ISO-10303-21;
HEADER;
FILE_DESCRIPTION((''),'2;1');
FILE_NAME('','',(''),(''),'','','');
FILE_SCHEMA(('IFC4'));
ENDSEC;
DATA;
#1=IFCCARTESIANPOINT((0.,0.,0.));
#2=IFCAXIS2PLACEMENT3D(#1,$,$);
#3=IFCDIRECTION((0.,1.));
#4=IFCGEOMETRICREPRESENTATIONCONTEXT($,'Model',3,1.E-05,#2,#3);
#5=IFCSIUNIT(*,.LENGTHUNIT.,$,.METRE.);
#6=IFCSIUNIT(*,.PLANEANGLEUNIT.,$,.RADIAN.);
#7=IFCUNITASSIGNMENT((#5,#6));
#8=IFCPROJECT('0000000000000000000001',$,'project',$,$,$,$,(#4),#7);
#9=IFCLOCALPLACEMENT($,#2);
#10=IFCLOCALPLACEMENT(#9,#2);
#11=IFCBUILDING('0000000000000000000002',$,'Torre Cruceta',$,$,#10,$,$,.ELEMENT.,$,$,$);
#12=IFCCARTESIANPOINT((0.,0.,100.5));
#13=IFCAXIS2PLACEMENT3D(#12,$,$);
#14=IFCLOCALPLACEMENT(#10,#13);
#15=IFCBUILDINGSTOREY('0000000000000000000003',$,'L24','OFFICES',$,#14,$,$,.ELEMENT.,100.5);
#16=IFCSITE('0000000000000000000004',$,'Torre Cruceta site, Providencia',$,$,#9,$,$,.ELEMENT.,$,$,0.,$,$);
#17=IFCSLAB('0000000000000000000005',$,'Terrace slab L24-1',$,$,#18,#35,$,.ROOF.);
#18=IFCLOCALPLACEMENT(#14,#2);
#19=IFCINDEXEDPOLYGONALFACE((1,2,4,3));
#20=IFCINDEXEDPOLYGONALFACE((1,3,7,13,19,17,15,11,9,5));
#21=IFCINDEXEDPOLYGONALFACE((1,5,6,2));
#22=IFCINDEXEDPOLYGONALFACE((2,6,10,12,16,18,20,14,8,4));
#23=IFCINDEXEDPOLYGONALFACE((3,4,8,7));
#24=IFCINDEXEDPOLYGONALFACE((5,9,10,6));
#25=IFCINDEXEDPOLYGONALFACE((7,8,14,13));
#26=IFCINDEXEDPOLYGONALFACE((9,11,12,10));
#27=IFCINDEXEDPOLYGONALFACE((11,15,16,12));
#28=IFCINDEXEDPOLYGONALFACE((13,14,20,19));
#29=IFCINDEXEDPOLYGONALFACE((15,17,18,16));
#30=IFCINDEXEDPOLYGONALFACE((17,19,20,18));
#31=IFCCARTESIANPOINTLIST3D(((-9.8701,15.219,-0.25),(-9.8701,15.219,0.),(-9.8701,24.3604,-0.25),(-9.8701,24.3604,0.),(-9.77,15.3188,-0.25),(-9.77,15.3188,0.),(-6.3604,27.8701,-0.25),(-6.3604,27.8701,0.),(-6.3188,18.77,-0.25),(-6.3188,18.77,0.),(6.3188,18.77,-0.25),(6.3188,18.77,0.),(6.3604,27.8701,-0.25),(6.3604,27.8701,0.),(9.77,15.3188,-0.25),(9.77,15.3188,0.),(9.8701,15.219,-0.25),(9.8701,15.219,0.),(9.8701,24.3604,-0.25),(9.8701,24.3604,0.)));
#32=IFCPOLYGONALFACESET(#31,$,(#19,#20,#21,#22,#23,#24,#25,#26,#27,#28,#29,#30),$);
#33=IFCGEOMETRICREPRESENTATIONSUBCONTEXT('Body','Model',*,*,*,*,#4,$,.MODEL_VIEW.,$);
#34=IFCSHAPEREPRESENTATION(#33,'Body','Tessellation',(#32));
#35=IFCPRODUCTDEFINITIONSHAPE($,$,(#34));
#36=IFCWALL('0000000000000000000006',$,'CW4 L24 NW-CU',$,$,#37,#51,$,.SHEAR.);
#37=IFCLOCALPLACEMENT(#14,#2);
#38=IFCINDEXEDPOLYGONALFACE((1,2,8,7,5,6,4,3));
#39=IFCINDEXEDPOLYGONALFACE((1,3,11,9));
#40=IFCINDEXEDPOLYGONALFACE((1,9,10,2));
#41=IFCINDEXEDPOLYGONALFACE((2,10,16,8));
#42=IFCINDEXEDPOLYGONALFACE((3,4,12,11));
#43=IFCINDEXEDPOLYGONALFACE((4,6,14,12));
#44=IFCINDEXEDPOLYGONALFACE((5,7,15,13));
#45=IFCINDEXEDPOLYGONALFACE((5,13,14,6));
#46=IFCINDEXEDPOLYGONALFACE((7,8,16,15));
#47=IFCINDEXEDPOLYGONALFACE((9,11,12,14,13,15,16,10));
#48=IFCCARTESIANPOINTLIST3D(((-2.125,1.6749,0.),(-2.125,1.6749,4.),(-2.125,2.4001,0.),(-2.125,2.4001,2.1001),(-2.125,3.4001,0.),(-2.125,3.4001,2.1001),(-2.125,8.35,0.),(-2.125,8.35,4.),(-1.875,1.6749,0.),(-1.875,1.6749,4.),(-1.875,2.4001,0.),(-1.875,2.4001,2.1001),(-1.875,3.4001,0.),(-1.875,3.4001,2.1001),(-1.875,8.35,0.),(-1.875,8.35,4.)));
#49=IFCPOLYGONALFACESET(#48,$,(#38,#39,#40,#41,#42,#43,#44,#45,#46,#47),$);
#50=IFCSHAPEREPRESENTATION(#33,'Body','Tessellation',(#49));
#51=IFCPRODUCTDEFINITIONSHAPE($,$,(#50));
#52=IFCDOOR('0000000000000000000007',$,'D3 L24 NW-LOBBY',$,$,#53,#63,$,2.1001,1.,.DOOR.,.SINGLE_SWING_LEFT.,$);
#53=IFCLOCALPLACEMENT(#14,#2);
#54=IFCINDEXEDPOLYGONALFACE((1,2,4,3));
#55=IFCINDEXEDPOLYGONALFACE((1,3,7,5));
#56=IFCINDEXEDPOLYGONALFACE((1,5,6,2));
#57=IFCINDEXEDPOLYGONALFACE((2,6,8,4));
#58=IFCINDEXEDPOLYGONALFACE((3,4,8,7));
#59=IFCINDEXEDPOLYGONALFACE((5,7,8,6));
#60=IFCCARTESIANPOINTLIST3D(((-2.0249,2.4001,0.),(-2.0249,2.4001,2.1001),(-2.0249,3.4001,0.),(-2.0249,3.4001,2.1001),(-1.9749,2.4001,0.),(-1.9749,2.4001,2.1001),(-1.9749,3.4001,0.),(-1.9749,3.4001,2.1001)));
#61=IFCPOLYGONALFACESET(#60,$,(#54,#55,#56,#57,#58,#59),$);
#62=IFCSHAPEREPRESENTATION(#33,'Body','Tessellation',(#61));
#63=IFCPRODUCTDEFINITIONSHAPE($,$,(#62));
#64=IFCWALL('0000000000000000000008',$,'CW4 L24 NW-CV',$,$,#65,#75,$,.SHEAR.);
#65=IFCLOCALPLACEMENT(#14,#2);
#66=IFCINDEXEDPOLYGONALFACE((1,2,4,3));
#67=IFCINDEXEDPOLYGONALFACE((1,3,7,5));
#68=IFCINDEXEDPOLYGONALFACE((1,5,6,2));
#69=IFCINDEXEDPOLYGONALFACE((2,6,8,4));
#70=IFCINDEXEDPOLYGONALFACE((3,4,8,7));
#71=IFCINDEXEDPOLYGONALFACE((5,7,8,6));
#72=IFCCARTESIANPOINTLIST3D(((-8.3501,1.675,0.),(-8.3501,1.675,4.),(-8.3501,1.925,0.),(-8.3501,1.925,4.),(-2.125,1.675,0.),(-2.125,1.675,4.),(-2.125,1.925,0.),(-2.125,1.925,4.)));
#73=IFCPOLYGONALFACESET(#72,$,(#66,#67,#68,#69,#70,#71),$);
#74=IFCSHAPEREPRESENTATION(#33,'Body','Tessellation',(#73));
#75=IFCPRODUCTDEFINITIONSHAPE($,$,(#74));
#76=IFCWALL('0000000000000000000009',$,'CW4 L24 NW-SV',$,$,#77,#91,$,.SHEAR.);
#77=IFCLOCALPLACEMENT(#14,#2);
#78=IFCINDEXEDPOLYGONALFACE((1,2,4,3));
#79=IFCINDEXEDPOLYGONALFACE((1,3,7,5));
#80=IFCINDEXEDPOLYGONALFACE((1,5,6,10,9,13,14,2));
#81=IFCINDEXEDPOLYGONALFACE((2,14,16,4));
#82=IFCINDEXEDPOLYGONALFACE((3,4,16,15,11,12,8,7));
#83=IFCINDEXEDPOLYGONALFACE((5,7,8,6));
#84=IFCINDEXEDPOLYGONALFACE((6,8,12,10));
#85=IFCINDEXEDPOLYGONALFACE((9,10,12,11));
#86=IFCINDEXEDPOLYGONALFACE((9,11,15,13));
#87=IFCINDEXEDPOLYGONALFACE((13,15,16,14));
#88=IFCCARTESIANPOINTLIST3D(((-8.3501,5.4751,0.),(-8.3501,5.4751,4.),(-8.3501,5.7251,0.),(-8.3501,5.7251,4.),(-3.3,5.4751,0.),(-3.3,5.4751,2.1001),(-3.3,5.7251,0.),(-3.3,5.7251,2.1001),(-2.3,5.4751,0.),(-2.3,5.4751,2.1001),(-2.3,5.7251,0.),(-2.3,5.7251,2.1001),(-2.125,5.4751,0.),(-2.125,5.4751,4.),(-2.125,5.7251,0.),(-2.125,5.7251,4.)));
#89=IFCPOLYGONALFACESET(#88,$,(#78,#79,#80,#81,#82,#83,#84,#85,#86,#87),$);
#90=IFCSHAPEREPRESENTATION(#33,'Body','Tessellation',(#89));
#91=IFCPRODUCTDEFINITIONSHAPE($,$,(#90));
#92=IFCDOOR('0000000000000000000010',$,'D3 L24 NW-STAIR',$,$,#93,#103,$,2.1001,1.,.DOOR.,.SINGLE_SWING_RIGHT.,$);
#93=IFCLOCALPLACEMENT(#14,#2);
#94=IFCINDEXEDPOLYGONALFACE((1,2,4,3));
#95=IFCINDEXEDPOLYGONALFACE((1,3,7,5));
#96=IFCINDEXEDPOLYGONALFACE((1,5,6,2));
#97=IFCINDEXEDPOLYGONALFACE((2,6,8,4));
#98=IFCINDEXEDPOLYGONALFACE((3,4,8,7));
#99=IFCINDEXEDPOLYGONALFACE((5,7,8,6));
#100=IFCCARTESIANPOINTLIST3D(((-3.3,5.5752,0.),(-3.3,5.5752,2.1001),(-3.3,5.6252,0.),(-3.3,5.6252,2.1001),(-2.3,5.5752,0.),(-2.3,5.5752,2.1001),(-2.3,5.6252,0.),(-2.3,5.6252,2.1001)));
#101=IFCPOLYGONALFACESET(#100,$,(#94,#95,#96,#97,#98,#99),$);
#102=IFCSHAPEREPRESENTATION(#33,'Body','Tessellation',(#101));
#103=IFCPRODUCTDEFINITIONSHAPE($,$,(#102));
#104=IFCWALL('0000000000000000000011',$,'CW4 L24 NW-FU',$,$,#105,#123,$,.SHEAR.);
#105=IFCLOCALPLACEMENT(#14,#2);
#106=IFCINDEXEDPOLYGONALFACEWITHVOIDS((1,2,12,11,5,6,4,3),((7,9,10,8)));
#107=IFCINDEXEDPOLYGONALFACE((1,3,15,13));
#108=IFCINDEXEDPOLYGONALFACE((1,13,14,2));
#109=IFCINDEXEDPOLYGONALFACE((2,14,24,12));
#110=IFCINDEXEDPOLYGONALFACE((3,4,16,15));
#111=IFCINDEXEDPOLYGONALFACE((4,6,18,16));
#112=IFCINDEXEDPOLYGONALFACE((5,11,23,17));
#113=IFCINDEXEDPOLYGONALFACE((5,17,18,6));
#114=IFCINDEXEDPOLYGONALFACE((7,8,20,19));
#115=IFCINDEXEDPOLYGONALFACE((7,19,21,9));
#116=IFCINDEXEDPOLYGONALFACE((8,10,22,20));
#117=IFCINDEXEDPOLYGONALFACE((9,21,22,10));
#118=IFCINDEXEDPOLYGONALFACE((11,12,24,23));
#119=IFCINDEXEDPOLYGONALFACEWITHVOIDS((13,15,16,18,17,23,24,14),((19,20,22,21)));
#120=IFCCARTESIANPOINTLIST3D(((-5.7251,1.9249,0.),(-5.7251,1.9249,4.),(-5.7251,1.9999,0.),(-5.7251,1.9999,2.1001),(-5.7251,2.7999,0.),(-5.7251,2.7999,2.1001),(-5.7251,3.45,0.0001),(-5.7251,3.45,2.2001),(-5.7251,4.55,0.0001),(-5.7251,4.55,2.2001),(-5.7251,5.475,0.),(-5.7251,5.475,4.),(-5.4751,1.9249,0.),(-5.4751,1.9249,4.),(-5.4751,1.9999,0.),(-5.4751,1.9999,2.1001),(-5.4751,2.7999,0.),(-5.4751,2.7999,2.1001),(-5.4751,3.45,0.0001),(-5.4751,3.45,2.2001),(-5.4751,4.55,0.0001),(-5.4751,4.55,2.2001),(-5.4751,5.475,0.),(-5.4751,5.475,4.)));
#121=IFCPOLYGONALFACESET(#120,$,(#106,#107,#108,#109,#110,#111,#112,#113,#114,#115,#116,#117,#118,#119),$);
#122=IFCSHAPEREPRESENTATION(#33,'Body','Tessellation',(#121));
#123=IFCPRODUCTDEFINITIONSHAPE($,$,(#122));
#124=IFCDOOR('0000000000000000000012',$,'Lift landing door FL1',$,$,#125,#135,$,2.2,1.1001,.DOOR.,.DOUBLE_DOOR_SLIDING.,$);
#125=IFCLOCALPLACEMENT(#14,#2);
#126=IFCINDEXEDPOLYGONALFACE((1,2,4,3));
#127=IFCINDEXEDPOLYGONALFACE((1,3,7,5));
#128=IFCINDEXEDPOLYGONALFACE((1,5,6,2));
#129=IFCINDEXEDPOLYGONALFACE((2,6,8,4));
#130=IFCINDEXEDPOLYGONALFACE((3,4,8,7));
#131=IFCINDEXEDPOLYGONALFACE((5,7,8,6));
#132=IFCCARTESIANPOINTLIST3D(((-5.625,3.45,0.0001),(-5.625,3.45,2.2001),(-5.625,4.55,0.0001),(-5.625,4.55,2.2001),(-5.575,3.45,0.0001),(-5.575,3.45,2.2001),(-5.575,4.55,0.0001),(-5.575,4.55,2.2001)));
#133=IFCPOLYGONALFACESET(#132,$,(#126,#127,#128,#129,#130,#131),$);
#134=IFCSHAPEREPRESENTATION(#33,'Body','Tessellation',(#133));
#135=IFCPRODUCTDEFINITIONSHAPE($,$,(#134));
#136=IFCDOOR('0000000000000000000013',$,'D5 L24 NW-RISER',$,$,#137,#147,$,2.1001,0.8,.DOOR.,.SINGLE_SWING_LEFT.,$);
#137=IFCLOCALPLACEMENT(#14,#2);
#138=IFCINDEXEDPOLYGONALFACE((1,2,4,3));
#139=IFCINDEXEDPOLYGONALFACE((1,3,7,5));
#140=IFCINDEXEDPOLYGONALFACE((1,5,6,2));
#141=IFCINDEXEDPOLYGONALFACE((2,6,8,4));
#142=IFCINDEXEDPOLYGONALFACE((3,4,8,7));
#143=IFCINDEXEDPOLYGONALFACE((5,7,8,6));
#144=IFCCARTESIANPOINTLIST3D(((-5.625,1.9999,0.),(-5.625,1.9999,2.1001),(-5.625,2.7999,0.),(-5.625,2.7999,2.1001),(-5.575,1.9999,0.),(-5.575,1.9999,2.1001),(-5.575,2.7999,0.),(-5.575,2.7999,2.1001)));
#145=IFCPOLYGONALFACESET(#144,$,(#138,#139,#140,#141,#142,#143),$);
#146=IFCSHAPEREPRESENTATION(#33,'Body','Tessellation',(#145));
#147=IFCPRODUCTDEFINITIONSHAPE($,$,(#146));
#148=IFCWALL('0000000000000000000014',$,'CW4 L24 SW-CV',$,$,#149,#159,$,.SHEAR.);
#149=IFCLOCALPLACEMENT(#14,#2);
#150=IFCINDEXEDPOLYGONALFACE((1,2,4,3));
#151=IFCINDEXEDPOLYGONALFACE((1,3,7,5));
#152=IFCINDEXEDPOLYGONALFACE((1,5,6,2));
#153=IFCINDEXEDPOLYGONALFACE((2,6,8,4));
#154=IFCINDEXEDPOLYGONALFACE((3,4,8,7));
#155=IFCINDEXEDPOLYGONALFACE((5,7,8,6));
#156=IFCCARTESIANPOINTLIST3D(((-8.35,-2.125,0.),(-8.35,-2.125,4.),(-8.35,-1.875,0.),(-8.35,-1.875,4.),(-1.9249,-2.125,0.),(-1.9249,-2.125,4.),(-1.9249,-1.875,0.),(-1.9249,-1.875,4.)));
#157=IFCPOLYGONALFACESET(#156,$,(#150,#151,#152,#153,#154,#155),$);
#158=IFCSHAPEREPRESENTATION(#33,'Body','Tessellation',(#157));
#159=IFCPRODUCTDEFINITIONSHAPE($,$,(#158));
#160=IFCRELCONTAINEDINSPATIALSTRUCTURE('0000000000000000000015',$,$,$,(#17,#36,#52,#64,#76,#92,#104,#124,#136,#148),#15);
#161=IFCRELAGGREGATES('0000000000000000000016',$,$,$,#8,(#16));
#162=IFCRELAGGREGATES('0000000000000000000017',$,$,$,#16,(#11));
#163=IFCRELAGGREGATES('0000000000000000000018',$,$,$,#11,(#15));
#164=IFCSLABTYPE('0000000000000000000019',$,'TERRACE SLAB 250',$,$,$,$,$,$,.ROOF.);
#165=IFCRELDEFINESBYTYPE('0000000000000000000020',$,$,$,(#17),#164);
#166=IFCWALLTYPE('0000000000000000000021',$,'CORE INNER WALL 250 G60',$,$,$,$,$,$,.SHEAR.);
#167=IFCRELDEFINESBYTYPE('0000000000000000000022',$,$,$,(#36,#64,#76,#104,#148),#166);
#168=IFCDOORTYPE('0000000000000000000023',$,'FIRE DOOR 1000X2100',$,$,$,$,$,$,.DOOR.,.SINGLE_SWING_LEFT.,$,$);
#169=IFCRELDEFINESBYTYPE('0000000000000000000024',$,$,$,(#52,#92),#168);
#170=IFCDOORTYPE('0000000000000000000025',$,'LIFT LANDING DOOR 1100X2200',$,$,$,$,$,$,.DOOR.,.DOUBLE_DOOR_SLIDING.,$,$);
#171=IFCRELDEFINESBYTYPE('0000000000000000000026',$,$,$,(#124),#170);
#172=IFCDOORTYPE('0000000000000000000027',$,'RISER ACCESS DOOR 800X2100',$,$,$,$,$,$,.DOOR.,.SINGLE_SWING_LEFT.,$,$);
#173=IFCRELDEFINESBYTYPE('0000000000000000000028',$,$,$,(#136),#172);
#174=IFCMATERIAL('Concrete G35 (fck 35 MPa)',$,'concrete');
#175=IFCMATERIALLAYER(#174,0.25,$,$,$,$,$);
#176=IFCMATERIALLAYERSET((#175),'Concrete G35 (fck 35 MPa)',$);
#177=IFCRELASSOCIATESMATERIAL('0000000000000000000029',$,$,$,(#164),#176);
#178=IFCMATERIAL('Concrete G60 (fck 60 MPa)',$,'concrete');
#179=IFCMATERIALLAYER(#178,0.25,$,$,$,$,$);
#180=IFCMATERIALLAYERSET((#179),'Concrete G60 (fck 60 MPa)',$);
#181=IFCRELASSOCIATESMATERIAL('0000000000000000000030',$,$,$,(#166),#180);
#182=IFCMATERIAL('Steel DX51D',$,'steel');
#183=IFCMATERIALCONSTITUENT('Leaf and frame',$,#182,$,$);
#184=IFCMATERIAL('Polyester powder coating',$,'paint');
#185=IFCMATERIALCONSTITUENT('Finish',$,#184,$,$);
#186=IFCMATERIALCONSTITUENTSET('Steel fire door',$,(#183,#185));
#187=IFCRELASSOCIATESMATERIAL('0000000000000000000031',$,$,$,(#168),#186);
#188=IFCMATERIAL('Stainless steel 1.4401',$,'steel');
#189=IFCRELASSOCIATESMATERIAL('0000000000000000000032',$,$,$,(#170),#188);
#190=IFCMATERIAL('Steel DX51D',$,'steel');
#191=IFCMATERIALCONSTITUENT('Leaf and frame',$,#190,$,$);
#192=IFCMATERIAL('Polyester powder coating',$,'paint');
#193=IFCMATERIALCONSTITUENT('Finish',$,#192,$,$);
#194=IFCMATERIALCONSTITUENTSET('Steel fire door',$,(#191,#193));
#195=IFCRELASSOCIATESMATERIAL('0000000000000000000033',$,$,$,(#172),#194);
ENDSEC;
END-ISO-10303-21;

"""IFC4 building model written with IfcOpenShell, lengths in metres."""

from ifc_helpers import new_model, si_unit, direction, frame, frame_2d, origin, place, context, subcontext, project, spatial, polyline, rectangle, outline, extrude, material, layer, layer_set, constituent, constituent_set, type_object, element, fill, save


model = new_model("IFC4")

# Units and contexts
model_context = context("Model", 3, precision=1e-05, world=origin(), true_north=direction((0.0, 1.0)))
body_context = subcontext(model_context, "Body", "Model", "MODEL_VIEW")
ifc_project = project(units=[si_unit("LENGTHUNIT", "METRE"), si_unit("PLANEANGLEUNIT", "RADIAN")], contexts=[model_context])

# Site, building, storey
site_placement = place(None, origin())
site = spatial("IfcSite", under=ifc_project, at=site_placement, Name="Torre Cruceta site, Providencia", CompositionType="ELEMENT", RefElevation=0.0)
building_placement = place(site_placement, origin())
building = spatial("IfcBuilding", under=site, at=building_placement, Name="Torre Cruceta", CompositionType="ELEMENT")
storey_placement = place(building_placement, frame((0.0, 0.0, 100.5)))
storey = spatial("IfcBuildingStorey", under=building, at=storey_placement, Name="L24", Description="OFFICES", CompositionType="ELEMENT", Elevation=100.5)

# Slab
ifc_material_1 = material(Name="Concrete G35 (fck 35 MPa)", Category="concrete")
ifc_layer_1 = layer(ifc_material_1, 0.25)
ifc_layer_set_1 = layer_set([ifc_layer_1], Name="Concrete G35 (fck 35 MPa)")
slab_type_1 = type_object("IfcSlabType", Name="TERRACE SLAB 250", PredefinedType="ROOF", material=ifc_layer_set_1)
slab_1_placement = place(storey_placement, frame((0.0, 0.0, -0.25)))
element("IfcSlab", 1, at=slab_1_placement, inside=storey, type_object=slab_type_1, Name="Terrace slab L24-1", PredefinedType="ROOF", context=body_context, shape_type="SweptSolid", body=[
    extrude(outline(polyline([(-9.8701, 24.3604), (-6.3604, 27.8701), (6.3604, 27.8701), (9.8701, 24.3604), (9.8701, 15.219), (9.77, 15.3188), (6.3188, 18.77), (-6.3188, 18.77), (-9.77, 15.3188), (-9.8701, 15.219), (-9.8701, 24.3604)])), origin(), (0.0, 0.0, 1.0), 0.25),
])

# Wall, opening, door
ifc_material_2 = material(Name="Concrete G60 (fck 60 MPa)", Category="concrete")
ifc_layer_2 = layer(ifc_material_2, 0.25)
ifc_layer_set_2 = layer_set([ifc_layer_2], Name="Concrete G60 (fck 60 MPa)")
wall_type_1 = type_object("IfcWallType", Name="CORE INNER WALL 250 G60", PredefinedType="SHEAR", material=ifc_layer_set_2)
wall_1_placement = place(storey_placement, frame((-2.0, 1.675, 0.0), z_axis=(0.0, 0.0, 1.0), x_axis=(0.0, 1.0, 0.0)))
wall_1 = element("IfcWall", 2, at=wall_1_placement, inside=storey, type_object=wall_type_1, Name="CW4 L24 NW-CU", PredefinedType="SHEAR", context=body_context, shape_type="SweptSolid", body=[
    extrude(rectangle(XDim=6.675, YDim=0.25, at=frame_2d((3.3374, 0.0))), origin(), (0.0, 0.0, 1.0), 4.0),
])
opening_1_placement = place(wall_1_placement, frame((0.7251, 0.0, 0.0)))
opening_1 = element("IfcOpeningElement", 3, at=opening_1_placement, cuts=wall_1, PredefinedType="OPENING", context=body_context, shape_type="SweptSolid", body=[
    extrude(rectangle(XDim=1.0, YDim=2.1001, at=frame_2d((0.5, 1.05))), frame((0.0, 0.135, 0.0), z_axis=(0.0, -1.0, 0.0), x_axis=(1.0, 0.0, 0.0)), (0.0, 0.0, 1.0), 0.27),
])
ifc_material_3 = material(Name="Steel DX51D", Category="steel")
ifc_constituent_1 = constituent(ifc_material_3, Name="Leaf and frame")
ifc_material_4 = material(Name="Polyester powder coating", Category="paint")
ifc_constituent_2 = constituent(ifc_material_4, Name="Finish")
ifc_constituent_set_1 = constituent_set(constituents=[ifc_constituent_1, ifc_constituent_2], Name="Steel fire door")
door_type_1 = type_object("IfcDoorType", Name="FIRE DOOR 1000X2100", OperationType="SINGLE_SWING_LEFT", PredefinedType="DOOR", material=ifc_constituent_set_1)
door_1_placement = place(opening_1_placement, origin())
door_1 = element("IfcDoor", 4, at=door_1_placement, inside=storey, type_object=door_type_1, Name="D3 L24 NW-LOBBY", OperationType="SINGLE_SWING_LEFT", OverallHeight=2.1001, OverallWidth=1.0, PredefinedType="DOOR", context=body_context, shape_type="SweptSolid", body=[
    extrude(rectangle(XDim=1.0, YDim=2.1001, at=frame_2d((0.5, 1.05))), frame((0.0, 0.0249, 0.0), z_axis=(0.0, -1.0, 0.0), x_axis=(1.0, 0.0, 0.0)), (0.0, 0.0, 1.0), 0.05),
])
fill(opening_1, door_1)

# Wall
wall_2_placement = place(storey_placement, frame((-2.125, 1.8, 0.0), z_axis=(0.0, 0.0, 1.0), x_axis=(-1.0, 0.0, 0.0)))
element("IfcWall", 5, at=wall_2_placement, inside=storey, type_object=wall_type_1, Name="CW4 L24 NW-CV", PredefinedType="SHEAR", context=body_context, shape_type="SweptSolid", body=[
    extrude(rectangle(XDim=6.2251, YDim=0.25, at=frame_2d((3.1125, 0.0))), origin(), (0.0, 0.0, 1.0), 4.0),
])

# Wall, opening, door
wall_3_placement = place(storey_placement, frame((-2.125, 5.6001, 0.0), z_axis=(0.0, 0.0, 1.0), x_axis=(-1.0, 0.0, 0.0)))
wall_3 = element("IfcWall", 6, at=wall_3_placement, inside=storey, type_object=wall_type_1, Name="CW4 L24 NW-SV", PredefinedType="SHEAR", context=body_context, shape_type="SweptSolid", body=[
    extrude(rectangle(XDim=6.2251, YDim=0.25, at=frame_2d((3.1125, 0.0))), origin(), (0.0, 0.0, 1.0), 4.0),
])
opening_2_placement = place(wall_3_placement, frame((0.175, 0.0, 0.0)))
opening_2 = element("IfcOpeningElement", 7, at=opening_2_placement, cuts=wall_3, PredefinedType="OPENING", context=body_context, shape_type="SweptSolid", body=[
    extrude(rectangle(XDim=1.0, YDim=2.1001, at=frame_2d((0.5, 1.05))), frame((0.0, 0.135, 0.0), z_axis=(0.0, -1.0, 0.0), x_axis=(1.0, 0.0, 0.0)), (0.0, 0.0, 1.0), 0.27),
])
door_2_placement = place(opening_2_placement, frame((1.0, 0.0, 0.0), z_axis=(0.0, 0.0, 1.0), x_axis=(-1.0, 0.0, 0.0)))
door_2 = element("IfcDoor", 8, at=door_2_placement, inside=storey, type_object=door_type_1, Name="D3 L24 NW-STAIR", OperationType="SINGLE_SWING_RIGHT", OverallHeight=2.1001, OverallWidth=1.0, PredefinedType="DOOR", context=body_context, shape_type="SweptSolid", body=[
    extrude(rectangle(XDim=1.0, YDim=2.1001, at=frame_2d((0.5, 1.05))), frame((0.0, 0.0251, 0.0), z_axis=(0.0, -1.0, 0.0), x_axis=(1.0, 0.0, 0.0)), (0.0, 0.0, 1.0), 0.05),
])
fill(opening_2, door_2)

# Wall, openings, doors
wall_4_placement = place(storey_placement, frame((-5.6001, 1.925, 0.0), z_axis=(0.0, 0.0, 1.0), x_axis=(0.0, 1.0, 0.0)))
wall_4 = element("IfcWall", 9, at=wall_4_placement, inside=storey, type_object=wall_type_1, Name="CW4 L24 NW-FU", PredefinedType="SHEAR", context=body_context, shape_type="SweptSolid", body=[
    extrude(rectangle(XDim=3.55, YDim=0.25, at=frame_2d((1.7749, 0.0))), origin(), (0.0, 0.0, 1.0), 4.0),
])
opening_3_placement = place(wall_4_placement, frame((1.5249, 0.0, 0.0)))
opening_3 = element("IfcOpeningElement", 10, at=opening_3_placement, cuts=wall_4, PredefinedType="OPENING", context=body_context, shape_type="SweptSolid", body=[
    extrude(rectangle(XDim=1.1001, YDim=2.2, at=frame_2d((0.55, 1.1001))), frame((0.0, 0.135, 0.0), z_axis=(0.0, -1.0, 0.0), x_axis=(1.0, 0.0, 0.0)), (0.0, 0.0, 1.0), 0.27),
])
opening_4_placement = place(wall_4_placement, frame((0.075, 0.0, 0.0)))
opening_4 = element("IfcOpeningElement", 11, at=opening_4_placement, cuts=wall_4, PredefinedType="OPENING", context=body_context, shape_type="SweptSolid", body=[
    extrude(rectangle(XDim=0.8, YDim=2.1001, at=frame_2d((0.3999, 1.05))), frame((0.0, 0.135, 0.0), z_axis=(0.0, -1.0, 0.0), x_axis=(1.0, 0.0, 0.0)), (0.0, 0.0, 1.0), 0.27),
])
ifc_material_5 = material(Name="Stainless steel 1.4401", Category="steel")
door_type_2 = type_object("IfcDoorType", Name="LIFT LANDING DOOR 1100X2200", OperationType="DOUBLE_DOOR_SLIDING", PredefinedType="DOOR", material=ifc_material_5)
door_3_placement = place(opening_3_placement, origin())
door_3 = element("IfcDoor", 12, at=door_3_placement, inside=storey, type_object=door_type_2, Name="Lift landing door FL1", OperationType="DOUBLE_DOOR_SLIDING", OverallHeight=2.2, OverallWidth=1.1001, PredefinedType="DOOR", context=body_context, shape_type="SweptSolid", body=[
    extrude(rectangle(XDim=1.1001, YDim=2.2, at=frame_2d((0.55, 1.1001))), frame((0.0, 0.0249, 0.0), z_axis=(0.0, -1.0, 0.0), x_axis=(1.0, 0.0, 0.0)), (0.0, 0.0, 1.0), 0.05),
])
fill(opening_3, door_3)
ifc_material_6 = material(Name="Steel DX51D", Category="steel")
ifc_constituent_3 = constituent(ifc_material_6, Name="Leaf and frame")
ifc_material_7 = material(Name="Polyester powder coating", Category="paint")
ifc_constituent_4 = constituent(ifc_material_7, Name="Finish")
ifc_constituent_set_2 = constituent_set(constituents=[ifc_constituent_3, ifc_constituent_4], Name="Steel fire door")
door_type_3 = type_object("IfcDoorType", Name="RISER ACCESS DOOR 800X2100", OperationType="SINGLE_SWING_LEFT", PredefinedType="DOOR", material=ifc_constituent_set_2)
door_4_placement = place(opening_4_placement, origin())
door_4 = element("IfcDoor", 13, at=door_4_placement, inside=storey, type_object=door_type_3, Name="D5 L24 NW-RISER", OperationType="SINGLE_SWING_LEFT", OverallHeight=2.1001, OverallWidth=0.8, PredefinedType="DOOR", context=body_context, shape_type="SweptSolid", body=[
    extrude(rectangle(XDim=0.8, YDim=2.1001, at=frame_2d((0.3999, 1.05))), frame((0.0, 0.0249, 0.0), z_axis=(0.0, -1.0, 0.0), x_axis=(1.0, 0.0, 0.0)), (0.0, 0.0, 1.0), 0.05),
])
fill(opening_4, door_4)

# Wall
wall_5_placement = place(storey_placement, frame((-1.925, -2.0, 0.0), z_axis=(0.0, 0.0, 1.0), x_axis=(-1.0, 0.0, 0.0)))
element("IfcWall", 14, at=wall_5_placement, inside=storey, type_object=wall_type_1, Name="CW4 L24 SW-CV", PredefinedType="SHEAR", context=body_context, shape_type="SweptSolid", body=[
    extrude(rectangle(XDim=6.425, YDim=0.25, at=frame_2d((3.2124, 0.0))), origin(), (0.0, 0.0, 1.0), 4.0),
])

save(model, "model.ifc")
